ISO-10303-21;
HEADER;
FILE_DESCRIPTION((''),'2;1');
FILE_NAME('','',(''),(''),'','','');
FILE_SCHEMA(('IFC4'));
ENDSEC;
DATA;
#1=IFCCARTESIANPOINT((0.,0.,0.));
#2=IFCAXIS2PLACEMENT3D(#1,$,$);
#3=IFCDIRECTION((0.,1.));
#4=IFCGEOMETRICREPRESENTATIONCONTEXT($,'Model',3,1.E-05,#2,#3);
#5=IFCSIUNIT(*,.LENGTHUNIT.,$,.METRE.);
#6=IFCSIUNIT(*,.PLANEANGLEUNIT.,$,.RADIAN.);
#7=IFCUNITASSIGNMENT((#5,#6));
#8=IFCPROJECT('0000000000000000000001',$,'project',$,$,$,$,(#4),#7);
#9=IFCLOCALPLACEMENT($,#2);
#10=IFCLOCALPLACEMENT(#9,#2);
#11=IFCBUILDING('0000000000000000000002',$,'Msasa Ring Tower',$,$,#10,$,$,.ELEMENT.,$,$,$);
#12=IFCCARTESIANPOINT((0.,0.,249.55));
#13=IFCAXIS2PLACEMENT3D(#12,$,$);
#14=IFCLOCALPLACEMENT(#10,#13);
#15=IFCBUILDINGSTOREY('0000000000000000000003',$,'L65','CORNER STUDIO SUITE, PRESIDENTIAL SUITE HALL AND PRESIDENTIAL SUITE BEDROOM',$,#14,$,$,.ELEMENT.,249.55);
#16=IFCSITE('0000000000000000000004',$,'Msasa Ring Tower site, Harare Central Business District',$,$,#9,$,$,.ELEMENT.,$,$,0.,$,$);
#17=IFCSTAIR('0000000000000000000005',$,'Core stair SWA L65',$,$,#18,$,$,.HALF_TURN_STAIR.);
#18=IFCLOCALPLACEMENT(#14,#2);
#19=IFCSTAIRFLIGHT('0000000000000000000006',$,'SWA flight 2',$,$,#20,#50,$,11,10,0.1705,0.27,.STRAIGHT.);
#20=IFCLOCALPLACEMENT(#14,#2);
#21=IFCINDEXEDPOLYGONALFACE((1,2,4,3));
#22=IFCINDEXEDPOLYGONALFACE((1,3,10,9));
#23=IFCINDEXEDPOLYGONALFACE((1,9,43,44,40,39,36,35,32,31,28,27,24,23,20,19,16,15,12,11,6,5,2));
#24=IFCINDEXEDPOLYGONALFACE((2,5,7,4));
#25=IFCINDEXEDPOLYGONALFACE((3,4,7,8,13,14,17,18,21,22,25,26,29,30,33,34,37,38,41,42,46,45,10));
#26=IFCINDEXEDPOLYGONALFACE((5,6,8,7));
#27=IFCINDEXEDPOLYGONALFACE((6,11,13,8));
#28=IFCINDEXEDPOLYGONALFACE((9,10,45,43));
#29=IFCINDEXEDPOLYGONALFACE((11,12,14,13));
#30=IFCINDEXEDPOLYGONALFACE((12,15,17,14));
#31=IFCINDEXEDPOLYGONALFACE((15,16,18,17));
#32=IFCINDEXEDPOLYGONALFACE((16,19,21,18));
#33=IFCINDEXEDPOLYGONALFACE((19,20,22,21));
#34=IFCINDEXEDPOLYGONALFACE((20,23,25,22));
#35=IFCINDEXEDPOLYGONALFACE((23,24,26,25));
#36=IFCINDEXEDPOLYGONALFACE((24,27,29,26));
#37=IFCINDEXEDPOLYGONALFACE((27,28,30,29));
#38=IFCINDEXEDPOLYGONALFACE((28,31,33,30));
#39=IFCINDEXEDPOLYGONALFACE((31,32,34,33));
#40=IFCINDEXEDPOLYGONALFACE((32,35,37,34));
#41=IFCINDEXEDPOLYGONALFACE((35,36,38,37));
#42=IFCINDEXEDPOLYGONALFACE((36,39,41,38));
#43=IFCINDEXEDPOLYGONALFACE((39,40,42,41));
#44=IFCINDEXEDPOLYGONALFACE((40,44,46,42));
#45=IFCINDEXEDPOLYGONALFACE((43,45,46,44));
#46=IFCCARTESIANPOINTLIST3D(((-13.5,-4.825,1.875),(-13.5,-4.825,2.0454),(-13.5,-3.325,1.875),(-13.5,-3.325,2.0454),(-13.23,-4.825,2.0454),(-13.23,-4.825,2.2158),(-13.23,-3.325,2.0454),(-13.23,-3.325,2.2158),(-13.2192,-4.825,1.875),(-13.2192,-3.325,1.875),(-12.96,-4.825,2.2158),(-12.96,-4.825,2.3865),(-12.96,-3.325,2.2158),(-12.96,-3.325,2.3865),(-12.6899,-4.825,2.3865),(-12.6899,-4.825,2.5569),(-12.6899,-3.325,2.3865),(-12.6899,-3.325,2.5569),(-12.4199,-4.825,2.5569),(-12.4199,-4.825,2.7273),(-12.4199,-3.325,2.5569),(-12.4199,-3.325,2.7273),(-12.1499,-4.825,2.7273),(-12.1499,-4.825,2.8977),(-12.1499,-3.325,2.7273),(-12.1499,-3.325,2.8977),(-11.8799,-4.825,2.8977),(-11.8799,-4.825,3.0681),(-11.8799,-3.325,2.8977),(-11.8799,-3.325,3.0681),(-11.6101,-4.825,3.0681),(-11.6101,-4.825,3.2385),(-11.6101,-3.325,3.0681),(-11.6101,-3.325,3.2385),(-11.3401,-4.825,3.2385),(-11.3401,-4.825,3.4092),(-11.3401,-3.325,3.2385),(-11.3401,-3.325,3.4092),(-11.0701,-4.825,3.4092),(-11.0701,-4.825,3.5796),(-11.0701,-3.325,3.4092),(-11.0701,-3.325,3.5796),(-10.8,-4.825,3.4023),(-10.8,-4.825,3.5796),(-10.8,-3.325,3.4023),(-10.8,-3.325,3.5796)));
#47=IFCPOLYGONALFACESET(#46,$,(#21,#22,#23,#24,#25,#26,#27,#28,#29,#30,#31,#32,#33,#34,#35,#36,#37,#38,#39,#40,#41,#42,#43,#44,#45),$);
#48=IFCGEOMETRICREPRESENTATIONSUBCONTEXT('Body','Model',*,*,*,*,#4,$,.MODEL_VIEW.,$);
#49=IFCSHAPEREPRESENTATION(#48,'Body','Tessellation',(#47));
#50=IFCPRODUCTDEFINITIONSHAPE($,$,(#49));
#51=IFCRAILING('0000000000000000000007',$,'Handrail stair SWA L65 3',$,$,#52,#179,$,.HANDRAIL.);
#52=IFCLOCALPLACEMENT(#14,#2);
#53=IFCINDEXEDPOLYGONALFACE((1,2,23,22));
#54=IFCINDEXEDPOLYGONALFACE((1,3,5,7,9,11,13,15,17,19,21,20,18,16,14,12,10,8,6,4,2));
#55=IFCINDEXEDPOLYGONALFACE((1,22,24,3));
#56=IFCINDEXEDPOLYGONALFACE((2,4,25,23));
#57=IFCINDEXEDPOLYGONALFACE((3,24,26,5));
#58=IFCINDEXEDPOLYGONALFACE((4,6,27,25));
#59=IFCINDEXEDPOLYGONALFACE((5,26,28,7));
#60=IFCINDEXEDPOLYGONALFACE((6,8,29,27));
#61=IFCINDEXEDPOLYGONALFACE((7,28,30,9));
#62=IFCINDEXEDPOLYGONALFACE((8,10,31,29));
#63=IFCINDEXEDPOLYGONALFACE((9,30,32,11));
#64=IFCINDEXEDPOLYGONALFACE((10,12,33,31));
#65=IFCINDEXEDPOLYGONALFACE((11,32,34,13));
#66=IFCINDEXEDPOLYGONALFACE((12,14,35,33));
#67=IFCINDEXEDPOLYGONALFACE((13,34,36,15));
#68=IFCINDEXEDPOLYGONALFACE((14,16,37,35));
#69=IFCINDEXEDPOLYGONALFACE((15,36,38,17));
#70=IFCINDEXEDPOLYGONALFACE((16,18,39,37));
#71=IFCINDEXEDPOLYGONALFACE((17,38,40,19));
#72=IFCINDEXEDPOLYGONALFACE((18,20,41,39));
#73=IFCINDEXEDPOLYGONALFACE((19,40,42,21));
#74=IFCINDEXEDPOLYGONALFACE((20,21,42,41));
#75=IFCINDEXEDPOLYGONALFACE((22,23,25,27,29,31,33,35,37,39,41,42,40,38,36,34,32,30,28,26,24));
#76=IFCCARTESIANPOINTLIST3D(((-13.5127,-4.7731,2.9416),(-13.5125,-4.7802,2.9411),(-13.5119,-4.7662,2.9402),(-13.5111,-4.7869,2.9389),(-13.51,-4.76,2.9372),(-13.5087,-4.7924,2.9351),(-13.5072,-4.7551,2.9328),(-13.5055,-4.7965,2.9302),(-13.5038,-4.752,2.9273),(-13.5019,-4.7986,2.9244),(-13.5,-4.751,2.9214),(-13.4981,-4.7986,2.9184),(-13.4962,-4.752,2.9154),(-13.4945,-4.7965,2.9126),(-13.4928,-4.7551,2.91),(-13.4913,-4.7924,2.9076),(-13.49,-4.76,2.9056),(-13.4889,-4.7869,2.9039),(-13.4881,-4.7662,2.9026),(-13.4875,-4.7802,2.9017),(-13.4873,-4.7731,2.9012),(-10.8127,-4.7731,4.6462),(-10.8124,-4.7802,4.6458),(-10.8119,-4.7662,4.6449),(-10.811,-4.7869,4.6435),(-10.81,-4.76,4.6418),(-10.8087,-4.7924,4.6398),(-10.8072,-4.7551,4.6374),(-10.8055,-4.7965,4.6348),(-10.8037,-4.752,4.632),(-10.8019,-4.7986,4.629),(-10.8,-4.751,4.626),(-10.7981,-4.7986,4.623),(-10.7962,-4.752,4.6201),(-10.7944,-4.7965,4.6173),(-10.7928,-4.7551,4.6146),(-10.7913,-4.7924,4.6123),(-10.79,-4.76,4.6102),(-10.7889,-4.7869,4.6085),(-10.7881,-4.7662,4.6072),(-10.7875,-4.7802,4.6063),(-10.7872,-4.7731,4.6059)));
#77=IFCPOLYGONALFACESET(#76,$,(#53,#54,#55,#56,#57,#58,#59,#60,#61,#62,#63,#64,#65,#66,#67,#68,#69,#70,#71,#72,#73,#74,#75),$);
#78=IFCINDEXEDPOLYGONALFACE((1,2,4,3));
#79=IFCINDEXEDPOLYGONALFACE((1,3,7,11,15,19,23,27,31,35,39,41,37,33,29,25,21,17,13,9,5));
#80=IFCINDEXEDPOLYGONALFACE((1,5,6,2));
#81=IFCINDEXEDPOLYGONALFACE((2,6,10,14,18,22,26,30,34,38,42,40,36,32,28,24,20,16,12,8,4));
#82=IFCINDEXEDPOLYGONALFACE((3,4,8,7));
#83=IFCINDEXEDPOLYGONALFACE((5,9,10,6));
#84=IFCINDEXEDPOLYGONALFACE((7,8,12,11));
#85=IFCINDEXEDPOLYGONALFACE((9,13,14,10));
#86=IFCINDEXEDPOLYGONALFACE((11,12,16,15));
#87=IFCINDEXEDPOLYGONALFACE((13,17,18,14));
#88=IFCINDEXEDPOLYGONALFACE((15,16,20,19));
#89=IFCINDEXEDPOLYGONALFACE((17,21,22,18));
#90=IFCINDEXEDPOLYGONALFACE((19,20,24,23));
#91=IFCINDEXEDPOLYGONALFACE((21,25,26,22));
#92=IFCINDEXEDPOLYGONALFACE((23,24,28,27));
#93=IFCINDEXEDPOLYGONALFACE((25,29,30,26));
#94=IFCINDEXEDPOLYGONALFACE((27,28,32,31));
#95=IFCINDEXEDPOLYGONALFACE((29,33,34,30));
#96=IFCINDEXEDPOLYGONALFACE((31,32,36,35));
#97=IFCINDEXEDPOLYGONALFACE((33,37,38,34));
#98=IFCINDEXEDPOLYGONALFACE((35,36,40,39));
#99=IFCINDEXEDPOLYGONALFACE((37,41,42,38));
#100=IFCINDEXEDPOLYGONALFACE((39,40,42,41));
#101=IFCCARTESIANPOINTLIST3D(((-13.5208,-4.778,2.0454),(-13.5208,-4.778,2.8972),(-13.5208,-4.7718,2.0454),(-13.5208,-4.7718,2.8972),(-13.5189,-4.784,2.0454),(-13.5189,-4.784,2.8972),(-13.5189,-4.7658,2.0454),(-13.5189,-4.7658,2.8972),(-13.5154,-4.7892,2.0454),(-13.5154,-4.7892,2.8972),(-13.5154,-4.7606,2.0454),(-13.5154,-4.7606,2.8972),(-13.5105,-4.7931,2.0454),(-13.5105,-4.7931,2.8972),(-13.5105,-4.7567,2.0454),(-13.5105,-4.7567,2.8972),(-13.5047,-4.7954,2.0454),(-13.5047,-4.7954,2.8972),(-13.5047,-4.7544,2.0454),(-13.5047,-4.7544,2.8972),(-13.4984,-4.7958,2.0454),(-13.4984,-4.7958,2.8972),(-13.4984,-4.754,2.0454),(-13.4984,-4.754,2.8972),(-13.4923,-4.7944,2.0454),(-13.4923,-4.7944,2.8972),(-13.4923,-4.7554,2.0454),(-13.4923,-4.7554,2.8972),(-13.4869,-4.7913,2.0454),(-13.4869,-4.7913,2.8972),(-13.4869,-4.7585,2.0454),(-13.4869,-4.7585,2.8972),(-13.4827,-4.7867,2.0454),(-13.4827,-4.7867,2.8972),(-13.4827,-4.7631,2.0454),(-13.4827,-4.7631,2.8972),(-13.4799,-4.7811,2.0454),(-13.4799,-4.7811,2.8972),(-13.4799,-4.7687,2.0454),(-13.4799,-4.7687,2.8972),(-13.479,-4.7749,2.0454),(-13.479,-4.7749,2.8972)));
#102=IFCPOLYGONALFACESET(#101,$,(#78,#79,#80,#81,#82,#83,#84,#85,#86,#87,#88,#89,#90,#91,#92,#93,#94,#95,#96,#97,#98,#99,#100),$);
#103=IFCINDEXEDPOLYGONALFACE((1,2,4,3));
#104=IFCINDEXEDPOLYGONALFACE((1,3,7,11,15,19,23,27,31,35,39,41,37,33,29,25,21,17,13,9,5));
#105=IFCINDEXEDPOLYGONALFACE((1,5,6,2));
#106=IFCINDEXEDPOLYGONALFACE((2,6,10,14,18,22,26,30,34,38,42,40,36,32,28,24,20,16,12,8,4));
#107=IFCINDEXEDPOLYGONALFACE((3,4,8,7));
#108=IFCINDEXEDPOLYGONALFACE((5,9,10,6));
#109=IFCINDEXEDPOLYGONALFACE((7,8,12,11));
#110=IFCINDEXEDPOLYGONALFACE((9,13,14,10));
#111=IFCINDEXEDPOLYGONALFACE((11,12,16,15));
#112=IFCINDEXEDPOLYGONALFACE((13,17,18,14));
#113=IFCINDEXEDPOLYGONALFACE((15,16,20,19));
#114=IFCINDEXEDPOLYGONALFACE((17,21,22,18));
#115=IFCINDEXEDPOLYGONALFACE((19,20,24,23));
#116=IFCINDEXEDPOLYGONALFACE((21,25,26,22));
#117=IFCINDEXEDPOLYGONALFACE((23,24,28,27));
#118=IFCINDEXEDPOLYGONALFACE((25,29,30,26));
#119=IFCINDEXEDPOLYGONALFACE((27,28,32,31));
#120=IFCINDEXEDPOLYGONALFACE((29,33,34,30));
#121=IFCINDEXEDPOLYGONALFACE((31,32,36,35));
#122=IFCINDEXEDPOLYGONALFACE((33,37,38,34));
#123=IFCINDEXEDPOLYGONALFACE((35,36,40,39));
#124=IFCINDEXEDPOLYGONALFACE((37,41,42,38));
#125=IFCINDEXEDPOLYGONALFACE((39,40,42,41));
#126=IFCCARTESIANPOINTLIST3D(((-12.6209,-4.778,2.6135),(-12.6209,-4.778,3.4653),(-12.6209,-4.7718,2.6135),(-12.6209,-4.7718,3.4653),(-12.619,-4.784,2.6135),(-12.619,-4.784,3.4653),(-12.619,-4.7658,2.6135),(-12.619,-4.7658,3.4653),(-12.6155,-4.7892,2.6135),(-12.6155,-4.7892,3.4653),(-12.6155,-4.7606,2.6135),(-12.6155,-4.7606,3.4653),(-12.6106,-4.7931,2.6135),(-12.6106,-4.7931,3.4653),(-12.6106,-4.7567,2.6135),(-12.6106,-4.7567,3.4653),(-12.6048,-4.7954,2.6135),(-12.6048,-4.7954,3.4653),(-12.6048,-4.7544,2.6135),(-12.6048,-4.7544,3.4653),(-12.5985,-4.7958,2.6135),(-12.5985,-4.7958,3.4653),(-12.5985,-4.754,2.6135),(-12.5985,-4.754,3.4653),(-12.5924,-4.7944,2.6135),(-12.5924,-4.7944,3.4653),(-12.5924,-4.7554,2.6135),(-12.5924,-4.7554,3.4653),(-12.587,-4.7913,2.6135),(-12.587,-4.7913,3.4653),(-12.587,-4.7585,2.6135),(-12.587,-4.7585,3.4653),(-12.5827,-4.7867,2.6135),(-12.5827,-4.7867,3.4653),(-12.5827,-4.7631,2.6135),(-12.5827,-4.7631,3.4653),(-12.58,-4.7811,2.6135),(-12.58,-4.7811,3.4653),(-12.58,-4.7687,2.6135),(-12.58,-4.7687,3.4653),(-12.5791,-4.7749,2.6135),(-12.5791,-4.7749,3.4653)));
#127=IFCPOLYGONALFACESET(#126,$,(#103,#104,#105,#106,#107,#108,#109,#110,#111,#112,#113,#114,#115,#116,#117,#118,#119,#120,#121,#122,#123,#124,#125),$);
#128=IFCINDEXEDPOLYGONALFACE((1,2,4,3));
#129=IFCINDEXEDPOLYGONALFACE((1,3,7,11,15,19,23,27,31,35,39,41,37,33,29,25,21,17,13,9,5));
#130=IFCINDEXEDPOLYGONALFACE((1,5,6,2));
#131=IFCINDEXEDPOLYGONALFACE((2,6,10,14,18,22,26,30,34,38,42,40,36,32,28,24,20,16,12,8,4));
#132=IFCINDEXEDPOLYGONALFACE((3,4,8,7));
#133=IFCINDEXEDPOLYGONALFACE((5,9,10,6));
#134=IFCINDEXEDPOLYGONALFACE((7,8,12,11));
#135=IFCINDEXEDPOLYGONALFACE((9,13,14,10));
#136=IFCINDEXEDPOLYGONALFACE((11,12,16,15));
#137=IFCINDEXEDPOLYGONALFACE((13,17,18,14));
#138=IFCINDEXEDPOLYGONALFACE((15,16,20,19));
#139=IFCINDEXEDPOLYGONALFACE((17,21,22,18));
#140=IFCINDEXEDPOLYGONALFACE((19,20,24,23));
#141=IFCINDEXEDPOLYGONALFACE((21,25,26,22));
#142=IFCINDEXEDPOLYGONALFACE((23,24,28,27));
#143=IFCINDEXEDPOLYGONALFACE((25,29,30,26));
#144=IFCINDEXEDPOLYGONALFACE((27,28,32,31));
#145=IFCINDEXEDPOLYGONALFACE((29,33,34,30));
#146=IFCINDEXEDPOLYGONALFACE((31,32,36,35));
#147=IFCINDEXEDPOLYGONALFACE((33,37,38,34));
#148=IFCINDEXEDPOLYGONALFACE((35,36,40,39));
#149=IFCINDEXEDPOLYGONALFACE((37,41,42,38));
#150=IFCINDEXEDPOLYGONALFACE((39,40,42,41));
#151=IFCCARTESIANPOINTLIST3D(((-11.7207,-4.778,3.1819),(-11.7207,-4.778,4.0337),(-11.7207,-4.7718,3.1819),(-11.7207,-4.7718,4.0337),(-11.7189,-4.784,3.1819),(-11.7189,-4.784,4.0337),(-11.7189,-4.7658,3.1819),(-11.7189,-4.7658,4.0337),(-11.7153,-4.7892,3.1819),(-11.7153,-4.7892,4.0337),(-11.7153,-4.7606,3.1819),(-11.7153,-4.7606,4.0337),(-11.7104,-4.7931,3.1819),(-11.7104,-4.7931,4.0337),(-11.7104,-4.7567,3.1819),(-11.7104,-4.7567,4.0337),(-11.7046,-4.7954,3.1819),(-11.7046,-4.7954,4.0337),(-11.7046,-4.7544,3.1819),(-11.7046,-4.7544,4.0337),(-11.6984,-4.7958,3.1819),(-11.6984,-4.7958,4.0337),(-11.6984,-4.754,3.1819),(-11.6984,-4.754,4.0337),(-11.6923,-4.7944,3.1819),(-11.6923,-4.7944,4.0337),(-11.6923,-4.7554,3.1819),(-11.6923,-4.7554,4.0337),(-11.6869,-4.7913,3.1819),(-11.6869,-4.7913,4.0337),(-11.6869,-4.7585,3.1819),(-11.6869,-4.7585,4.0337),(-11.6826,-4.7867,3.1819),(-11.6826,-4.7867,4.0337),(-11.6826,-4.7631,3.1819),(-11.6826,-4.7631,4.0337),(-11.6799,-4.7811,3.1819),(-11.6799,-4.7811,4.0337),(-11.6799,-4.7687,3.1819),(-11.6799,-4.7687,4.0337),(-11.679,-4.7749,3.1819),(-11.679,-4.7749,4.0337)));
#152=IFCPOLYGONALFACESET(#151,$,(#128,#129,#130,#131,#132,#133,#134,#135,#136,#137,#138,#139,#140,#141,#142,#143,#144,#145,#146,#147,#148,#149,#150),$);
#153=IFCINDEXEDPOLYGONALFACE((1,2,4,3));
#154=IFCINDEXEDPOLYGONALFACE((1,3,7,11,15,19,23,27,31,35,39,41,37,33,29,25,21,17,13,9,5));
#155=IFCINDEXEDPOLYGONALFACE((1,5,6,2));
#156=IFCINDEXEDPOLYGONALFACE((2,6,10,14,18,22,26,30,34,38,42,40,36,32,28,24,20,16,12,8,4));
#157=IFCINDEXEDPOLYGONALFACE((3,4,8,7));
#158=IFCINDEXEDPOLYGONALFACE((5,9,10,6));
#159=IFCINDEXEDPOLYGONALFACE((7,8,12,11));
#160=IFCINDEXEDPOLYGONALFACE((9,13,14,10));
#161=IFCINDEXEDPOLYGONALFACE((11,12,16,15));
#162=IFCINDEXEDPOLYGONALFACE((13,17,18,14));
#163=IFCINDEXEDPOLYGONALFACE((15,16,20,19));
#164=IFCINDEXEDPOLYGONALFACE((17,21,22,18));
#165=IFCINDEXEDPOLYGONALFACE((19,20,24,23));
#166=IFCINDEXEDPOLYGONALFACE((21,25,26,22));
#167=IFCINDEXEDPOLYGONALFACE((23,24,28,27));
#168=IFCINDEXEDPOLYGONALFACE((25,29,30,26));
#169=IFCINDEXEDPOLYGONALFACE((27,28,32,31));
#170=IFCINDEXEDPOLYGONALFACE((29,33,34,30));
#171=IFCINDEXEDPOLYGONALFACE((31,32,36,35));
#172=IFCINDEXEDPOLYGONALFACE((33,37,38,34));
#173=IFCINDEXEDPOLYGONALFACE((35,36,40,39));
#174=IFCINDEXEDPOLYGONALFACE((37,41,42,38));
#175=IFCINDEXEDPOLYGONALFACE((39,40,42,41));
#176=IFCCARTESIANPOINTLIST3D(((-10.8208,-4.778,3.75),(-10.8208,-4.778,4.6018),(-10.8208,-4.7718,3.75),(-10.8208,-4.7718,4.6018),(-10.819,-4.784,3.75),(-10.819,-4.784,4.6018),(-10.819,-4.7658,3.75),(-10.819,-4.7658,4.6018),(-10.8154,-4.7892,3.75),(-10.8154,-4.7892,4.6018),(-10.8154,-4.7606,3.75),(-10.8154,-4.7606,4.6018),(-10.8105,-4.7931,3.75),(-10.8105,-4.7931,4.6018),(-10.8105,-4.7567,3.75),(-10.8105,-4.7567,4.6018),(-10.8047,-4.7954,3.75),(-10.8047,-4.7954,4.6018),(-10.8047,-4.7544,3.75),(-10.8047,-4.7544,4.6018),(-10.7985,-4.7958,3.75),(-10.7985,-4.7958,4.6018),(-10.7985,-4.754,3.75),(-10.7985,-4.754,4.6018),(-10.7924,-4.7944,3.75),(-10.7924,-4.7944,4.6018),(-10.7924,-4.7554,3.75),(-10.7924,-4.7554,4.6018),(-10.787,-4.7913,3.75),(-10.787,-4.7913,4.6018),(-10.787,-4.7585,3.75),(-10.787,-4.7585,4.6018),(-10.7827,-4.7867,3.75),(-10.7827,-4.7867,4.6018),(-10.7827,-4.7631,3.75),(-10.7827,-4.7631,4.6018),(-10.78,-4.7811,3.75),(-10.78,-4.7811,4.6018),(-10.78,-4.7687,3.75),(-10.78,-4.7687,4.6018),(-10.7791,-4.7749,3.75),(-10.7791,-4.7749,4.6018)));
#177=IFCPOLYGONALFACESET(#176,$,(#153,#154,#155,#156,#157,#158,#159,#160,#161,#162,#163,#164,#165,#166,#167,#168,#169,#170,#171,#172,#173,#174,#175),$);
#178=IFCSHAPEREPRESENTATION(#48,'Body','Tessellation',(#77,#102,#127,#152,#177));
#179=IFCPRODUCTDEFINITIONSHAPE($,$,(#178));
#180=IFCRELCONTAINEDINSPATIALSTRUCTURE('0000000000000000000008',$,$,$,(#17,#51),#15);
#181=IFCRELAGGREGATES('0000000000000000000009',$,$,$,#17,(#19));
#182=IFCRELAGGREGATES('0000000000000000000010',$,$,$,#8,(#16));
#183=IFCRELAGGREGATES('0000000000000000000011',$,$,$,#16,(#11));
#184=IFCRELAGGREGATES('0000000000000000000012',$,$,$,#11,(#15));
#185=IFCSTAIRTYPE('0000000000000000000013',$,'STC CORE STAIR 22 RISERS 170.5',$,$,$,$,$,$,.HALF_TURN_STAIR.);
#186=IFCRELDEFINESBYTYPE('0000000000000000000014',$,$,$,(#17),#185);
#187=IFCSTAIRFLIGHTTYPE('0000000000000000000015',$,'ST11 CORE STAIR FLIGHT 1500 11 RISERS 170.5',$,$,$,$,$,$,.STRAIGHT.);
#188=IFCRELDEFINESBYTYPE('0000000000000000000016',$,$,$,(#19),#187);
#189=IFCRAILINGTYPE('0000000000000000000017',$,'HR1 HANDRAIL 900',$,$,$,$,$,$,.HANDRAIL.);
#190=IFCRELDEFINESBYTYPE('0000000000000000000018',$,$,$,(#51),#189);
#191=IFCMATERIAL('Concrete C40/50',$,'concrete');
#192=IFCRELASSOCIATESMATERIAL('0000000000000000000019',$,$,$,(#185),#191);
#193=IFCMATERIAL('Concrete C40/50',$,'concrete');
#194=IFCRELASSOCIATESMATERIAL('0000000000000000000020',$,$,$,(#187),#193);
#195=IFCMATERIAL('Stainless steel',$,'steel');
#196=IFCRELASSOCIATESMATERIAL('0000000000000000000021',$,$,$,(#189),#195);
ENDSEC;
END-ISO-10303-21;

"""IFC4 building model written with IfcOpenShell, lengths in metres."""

from ifc_helpers import new_model, si_unit, direction, frame, origin, origin_2d, place, context, subcontext, project, spatial, polyline, circle, outline, extrude, material, type_object, element, aggregate, save


model = new_model("IFC4")

# Units and contexts
model_context = context("Model", 3, precision=1e-05, world=origin(), true_north=direction((0.0, 1.0)))
body_context = subcontext(model_context, "Body", "Model", "MODEL_VIEW")
ifc_project = project(units=[si_unit("LENGTHUNIT", "METRE"), si_unit("PLANEANGLEUNIT", "RADIAN")], contexts=[model_context])

# Site, building, storey
site_placement = place(None, origin())
site = spatial("IfcSite", under=ifc_project, at=site_placement, Name="Msasa Ring Tower site, Harare Central Business District", CompositionType="ELEMENT", RefElevation=0.0)
building_placement = place(site_placement, origin())
building = spatial("IfcBuilding", under=site, at=building_placement, Name="Msasa Ring Tower", CompositionType="ELEMENT")
storey_placement = place(building_placement, frame((0.0, 0.0, 249.55)))
storey = spatial("IfcBuildingStorey", under=building, at=storey_placement, Name="L65", Description="CORNER STUDIO SUITE, PRESIDENTIAL SUITE HALL AND PRESIDENTIAL SUITE BEDROOM", CompositionType="ELEMENT", Elevation=249.55)

# Stair, stair flight
ifc_material_1 = material(Name="Concrete C40/50", Category="concrete")
stair_type = type_object("IfcStairType", Name="STC CORE STAIR 22 RISERS 170.5", PredefinedType="HALF_TURN_STAIR", material=ifc_material_1)
stair_placement = place(storey_placement, origin())
stair = element("IfcStair", 1, at=stair_placement, inside=storey, type_object=stair_type, Name="Core stair SWA L65", PredefinedType="HALF_TURN_STAIR")
ifc_material_2 = material(Name="Concrete C40/50", Category="concrete")
stair_flight_type = type_object("IfcStairFlightType", Name="ST11 CORE STAIR FLIGHT 1500 11 RISERS 170.5", PredefinedType="STRAIGHT", material=ifc_material_2)
stair_flight_placement = place(storey_placement, frame((-13.5, -4.075, 1.875), z_axis=(0.0, 0.0, 1.0), x_axis=(1.0, 0.0, 0.0)))
stair_flight = element("IfcStairFlight", 2, at=stair_flight_placement, type_object=stair_flight_type, Name="SWA flight 2", NumberOfRisers=11, NumberOfTreads=10, PredefinedType="STRAIGHT", RiserHeight=0.1705, TreadLength=0.27, context=body_context, shape_type="SweptSolid", body=[
    extrude(outline(polyline([(0.0, 0.0), (0.0, 0.1704), (0.27, 0.1704), (0.27, 0.3408), (0.54, 0.3408), (0.54, 0.5115), (0.8101, 0.5115), (0.8101, 0.6819), (1.0801, 0.6819), (1.0801, 0.8523), (1.3501, 0.8523), (1.3501, 1.0227), (1.6201, 1.0227), (1.6201, 1.1931), (1.8899, 1.1931), (1.8899, 1.3635), (2.1599, 1.3635), (2.1599, 1.5342), (2.4299, 1.5342), (2.4299, 1.7046), (2.7, 1.7046), (2.7, 1.875), (2.7, 1.5273), (0.2808, 0.0), (0.0, 0.0)])), frame((0.0, 0.75, 0.0), z_axis=(0.0, -1.0, 0.0), x_axis=(1.0, 0.0, 0.0)), (0.0, 0.0, 1.0), 1.5),
])
aggregate(stair, [stair_flight])

# Railing
ifc_material_3 = material(Name="Stainless steel", Category="steel")
railing_type = type_object("IfcRailingType", Name="HR1 HANDRAIL 900", PredefinedType="HANDRAIL", material=ifc_material_3)
for number, where, name in (
    (3, (-13.5, -4.7749, 2.0454), "Handrail stair SWA L65 3"),
):
    element("IfcRailing", number, at=place(storey_placement, frame(where)), inside=storey, type_object=railing_type, Name=name, PredefinedType="HANDRAIL", context=body_context, shape_type="SweptSolid", body=[
        extrude(circle(Radius=0.0239, at=origin_2d()), frame((0.0, 0.0, 0.876), z_axis=(0.84558, 0.0, 0.533849), x_axis=(0.0, 1.0, 0.0)), (0.0, 0.0, 1.0), 3.1931),
        extrude(circle(Radius=0.021, at=origin_2d()), origin(), (0.0, 0.0, 1.0), 0.8518),
        extrude(circle(Radius=0.021, at=origin_2d()), frame((0.8999, 0.0, 0.5681)), (0.0, 0.0, 1.0), 0.8518),
        extrude(circle(Radius=0.021, at=origin_2d()), frame((1.8, 0.0, 1.1365)), (0.0, 0.0, 1.0), 0.8518),
        extrude(circle(Radius=0.021, at=origin_2d()), frame((2.7, 0.0, 1.7046)), (0.0, 0.0, 1.0), 0.8518),
    ])

save(model, "model.ifc")
